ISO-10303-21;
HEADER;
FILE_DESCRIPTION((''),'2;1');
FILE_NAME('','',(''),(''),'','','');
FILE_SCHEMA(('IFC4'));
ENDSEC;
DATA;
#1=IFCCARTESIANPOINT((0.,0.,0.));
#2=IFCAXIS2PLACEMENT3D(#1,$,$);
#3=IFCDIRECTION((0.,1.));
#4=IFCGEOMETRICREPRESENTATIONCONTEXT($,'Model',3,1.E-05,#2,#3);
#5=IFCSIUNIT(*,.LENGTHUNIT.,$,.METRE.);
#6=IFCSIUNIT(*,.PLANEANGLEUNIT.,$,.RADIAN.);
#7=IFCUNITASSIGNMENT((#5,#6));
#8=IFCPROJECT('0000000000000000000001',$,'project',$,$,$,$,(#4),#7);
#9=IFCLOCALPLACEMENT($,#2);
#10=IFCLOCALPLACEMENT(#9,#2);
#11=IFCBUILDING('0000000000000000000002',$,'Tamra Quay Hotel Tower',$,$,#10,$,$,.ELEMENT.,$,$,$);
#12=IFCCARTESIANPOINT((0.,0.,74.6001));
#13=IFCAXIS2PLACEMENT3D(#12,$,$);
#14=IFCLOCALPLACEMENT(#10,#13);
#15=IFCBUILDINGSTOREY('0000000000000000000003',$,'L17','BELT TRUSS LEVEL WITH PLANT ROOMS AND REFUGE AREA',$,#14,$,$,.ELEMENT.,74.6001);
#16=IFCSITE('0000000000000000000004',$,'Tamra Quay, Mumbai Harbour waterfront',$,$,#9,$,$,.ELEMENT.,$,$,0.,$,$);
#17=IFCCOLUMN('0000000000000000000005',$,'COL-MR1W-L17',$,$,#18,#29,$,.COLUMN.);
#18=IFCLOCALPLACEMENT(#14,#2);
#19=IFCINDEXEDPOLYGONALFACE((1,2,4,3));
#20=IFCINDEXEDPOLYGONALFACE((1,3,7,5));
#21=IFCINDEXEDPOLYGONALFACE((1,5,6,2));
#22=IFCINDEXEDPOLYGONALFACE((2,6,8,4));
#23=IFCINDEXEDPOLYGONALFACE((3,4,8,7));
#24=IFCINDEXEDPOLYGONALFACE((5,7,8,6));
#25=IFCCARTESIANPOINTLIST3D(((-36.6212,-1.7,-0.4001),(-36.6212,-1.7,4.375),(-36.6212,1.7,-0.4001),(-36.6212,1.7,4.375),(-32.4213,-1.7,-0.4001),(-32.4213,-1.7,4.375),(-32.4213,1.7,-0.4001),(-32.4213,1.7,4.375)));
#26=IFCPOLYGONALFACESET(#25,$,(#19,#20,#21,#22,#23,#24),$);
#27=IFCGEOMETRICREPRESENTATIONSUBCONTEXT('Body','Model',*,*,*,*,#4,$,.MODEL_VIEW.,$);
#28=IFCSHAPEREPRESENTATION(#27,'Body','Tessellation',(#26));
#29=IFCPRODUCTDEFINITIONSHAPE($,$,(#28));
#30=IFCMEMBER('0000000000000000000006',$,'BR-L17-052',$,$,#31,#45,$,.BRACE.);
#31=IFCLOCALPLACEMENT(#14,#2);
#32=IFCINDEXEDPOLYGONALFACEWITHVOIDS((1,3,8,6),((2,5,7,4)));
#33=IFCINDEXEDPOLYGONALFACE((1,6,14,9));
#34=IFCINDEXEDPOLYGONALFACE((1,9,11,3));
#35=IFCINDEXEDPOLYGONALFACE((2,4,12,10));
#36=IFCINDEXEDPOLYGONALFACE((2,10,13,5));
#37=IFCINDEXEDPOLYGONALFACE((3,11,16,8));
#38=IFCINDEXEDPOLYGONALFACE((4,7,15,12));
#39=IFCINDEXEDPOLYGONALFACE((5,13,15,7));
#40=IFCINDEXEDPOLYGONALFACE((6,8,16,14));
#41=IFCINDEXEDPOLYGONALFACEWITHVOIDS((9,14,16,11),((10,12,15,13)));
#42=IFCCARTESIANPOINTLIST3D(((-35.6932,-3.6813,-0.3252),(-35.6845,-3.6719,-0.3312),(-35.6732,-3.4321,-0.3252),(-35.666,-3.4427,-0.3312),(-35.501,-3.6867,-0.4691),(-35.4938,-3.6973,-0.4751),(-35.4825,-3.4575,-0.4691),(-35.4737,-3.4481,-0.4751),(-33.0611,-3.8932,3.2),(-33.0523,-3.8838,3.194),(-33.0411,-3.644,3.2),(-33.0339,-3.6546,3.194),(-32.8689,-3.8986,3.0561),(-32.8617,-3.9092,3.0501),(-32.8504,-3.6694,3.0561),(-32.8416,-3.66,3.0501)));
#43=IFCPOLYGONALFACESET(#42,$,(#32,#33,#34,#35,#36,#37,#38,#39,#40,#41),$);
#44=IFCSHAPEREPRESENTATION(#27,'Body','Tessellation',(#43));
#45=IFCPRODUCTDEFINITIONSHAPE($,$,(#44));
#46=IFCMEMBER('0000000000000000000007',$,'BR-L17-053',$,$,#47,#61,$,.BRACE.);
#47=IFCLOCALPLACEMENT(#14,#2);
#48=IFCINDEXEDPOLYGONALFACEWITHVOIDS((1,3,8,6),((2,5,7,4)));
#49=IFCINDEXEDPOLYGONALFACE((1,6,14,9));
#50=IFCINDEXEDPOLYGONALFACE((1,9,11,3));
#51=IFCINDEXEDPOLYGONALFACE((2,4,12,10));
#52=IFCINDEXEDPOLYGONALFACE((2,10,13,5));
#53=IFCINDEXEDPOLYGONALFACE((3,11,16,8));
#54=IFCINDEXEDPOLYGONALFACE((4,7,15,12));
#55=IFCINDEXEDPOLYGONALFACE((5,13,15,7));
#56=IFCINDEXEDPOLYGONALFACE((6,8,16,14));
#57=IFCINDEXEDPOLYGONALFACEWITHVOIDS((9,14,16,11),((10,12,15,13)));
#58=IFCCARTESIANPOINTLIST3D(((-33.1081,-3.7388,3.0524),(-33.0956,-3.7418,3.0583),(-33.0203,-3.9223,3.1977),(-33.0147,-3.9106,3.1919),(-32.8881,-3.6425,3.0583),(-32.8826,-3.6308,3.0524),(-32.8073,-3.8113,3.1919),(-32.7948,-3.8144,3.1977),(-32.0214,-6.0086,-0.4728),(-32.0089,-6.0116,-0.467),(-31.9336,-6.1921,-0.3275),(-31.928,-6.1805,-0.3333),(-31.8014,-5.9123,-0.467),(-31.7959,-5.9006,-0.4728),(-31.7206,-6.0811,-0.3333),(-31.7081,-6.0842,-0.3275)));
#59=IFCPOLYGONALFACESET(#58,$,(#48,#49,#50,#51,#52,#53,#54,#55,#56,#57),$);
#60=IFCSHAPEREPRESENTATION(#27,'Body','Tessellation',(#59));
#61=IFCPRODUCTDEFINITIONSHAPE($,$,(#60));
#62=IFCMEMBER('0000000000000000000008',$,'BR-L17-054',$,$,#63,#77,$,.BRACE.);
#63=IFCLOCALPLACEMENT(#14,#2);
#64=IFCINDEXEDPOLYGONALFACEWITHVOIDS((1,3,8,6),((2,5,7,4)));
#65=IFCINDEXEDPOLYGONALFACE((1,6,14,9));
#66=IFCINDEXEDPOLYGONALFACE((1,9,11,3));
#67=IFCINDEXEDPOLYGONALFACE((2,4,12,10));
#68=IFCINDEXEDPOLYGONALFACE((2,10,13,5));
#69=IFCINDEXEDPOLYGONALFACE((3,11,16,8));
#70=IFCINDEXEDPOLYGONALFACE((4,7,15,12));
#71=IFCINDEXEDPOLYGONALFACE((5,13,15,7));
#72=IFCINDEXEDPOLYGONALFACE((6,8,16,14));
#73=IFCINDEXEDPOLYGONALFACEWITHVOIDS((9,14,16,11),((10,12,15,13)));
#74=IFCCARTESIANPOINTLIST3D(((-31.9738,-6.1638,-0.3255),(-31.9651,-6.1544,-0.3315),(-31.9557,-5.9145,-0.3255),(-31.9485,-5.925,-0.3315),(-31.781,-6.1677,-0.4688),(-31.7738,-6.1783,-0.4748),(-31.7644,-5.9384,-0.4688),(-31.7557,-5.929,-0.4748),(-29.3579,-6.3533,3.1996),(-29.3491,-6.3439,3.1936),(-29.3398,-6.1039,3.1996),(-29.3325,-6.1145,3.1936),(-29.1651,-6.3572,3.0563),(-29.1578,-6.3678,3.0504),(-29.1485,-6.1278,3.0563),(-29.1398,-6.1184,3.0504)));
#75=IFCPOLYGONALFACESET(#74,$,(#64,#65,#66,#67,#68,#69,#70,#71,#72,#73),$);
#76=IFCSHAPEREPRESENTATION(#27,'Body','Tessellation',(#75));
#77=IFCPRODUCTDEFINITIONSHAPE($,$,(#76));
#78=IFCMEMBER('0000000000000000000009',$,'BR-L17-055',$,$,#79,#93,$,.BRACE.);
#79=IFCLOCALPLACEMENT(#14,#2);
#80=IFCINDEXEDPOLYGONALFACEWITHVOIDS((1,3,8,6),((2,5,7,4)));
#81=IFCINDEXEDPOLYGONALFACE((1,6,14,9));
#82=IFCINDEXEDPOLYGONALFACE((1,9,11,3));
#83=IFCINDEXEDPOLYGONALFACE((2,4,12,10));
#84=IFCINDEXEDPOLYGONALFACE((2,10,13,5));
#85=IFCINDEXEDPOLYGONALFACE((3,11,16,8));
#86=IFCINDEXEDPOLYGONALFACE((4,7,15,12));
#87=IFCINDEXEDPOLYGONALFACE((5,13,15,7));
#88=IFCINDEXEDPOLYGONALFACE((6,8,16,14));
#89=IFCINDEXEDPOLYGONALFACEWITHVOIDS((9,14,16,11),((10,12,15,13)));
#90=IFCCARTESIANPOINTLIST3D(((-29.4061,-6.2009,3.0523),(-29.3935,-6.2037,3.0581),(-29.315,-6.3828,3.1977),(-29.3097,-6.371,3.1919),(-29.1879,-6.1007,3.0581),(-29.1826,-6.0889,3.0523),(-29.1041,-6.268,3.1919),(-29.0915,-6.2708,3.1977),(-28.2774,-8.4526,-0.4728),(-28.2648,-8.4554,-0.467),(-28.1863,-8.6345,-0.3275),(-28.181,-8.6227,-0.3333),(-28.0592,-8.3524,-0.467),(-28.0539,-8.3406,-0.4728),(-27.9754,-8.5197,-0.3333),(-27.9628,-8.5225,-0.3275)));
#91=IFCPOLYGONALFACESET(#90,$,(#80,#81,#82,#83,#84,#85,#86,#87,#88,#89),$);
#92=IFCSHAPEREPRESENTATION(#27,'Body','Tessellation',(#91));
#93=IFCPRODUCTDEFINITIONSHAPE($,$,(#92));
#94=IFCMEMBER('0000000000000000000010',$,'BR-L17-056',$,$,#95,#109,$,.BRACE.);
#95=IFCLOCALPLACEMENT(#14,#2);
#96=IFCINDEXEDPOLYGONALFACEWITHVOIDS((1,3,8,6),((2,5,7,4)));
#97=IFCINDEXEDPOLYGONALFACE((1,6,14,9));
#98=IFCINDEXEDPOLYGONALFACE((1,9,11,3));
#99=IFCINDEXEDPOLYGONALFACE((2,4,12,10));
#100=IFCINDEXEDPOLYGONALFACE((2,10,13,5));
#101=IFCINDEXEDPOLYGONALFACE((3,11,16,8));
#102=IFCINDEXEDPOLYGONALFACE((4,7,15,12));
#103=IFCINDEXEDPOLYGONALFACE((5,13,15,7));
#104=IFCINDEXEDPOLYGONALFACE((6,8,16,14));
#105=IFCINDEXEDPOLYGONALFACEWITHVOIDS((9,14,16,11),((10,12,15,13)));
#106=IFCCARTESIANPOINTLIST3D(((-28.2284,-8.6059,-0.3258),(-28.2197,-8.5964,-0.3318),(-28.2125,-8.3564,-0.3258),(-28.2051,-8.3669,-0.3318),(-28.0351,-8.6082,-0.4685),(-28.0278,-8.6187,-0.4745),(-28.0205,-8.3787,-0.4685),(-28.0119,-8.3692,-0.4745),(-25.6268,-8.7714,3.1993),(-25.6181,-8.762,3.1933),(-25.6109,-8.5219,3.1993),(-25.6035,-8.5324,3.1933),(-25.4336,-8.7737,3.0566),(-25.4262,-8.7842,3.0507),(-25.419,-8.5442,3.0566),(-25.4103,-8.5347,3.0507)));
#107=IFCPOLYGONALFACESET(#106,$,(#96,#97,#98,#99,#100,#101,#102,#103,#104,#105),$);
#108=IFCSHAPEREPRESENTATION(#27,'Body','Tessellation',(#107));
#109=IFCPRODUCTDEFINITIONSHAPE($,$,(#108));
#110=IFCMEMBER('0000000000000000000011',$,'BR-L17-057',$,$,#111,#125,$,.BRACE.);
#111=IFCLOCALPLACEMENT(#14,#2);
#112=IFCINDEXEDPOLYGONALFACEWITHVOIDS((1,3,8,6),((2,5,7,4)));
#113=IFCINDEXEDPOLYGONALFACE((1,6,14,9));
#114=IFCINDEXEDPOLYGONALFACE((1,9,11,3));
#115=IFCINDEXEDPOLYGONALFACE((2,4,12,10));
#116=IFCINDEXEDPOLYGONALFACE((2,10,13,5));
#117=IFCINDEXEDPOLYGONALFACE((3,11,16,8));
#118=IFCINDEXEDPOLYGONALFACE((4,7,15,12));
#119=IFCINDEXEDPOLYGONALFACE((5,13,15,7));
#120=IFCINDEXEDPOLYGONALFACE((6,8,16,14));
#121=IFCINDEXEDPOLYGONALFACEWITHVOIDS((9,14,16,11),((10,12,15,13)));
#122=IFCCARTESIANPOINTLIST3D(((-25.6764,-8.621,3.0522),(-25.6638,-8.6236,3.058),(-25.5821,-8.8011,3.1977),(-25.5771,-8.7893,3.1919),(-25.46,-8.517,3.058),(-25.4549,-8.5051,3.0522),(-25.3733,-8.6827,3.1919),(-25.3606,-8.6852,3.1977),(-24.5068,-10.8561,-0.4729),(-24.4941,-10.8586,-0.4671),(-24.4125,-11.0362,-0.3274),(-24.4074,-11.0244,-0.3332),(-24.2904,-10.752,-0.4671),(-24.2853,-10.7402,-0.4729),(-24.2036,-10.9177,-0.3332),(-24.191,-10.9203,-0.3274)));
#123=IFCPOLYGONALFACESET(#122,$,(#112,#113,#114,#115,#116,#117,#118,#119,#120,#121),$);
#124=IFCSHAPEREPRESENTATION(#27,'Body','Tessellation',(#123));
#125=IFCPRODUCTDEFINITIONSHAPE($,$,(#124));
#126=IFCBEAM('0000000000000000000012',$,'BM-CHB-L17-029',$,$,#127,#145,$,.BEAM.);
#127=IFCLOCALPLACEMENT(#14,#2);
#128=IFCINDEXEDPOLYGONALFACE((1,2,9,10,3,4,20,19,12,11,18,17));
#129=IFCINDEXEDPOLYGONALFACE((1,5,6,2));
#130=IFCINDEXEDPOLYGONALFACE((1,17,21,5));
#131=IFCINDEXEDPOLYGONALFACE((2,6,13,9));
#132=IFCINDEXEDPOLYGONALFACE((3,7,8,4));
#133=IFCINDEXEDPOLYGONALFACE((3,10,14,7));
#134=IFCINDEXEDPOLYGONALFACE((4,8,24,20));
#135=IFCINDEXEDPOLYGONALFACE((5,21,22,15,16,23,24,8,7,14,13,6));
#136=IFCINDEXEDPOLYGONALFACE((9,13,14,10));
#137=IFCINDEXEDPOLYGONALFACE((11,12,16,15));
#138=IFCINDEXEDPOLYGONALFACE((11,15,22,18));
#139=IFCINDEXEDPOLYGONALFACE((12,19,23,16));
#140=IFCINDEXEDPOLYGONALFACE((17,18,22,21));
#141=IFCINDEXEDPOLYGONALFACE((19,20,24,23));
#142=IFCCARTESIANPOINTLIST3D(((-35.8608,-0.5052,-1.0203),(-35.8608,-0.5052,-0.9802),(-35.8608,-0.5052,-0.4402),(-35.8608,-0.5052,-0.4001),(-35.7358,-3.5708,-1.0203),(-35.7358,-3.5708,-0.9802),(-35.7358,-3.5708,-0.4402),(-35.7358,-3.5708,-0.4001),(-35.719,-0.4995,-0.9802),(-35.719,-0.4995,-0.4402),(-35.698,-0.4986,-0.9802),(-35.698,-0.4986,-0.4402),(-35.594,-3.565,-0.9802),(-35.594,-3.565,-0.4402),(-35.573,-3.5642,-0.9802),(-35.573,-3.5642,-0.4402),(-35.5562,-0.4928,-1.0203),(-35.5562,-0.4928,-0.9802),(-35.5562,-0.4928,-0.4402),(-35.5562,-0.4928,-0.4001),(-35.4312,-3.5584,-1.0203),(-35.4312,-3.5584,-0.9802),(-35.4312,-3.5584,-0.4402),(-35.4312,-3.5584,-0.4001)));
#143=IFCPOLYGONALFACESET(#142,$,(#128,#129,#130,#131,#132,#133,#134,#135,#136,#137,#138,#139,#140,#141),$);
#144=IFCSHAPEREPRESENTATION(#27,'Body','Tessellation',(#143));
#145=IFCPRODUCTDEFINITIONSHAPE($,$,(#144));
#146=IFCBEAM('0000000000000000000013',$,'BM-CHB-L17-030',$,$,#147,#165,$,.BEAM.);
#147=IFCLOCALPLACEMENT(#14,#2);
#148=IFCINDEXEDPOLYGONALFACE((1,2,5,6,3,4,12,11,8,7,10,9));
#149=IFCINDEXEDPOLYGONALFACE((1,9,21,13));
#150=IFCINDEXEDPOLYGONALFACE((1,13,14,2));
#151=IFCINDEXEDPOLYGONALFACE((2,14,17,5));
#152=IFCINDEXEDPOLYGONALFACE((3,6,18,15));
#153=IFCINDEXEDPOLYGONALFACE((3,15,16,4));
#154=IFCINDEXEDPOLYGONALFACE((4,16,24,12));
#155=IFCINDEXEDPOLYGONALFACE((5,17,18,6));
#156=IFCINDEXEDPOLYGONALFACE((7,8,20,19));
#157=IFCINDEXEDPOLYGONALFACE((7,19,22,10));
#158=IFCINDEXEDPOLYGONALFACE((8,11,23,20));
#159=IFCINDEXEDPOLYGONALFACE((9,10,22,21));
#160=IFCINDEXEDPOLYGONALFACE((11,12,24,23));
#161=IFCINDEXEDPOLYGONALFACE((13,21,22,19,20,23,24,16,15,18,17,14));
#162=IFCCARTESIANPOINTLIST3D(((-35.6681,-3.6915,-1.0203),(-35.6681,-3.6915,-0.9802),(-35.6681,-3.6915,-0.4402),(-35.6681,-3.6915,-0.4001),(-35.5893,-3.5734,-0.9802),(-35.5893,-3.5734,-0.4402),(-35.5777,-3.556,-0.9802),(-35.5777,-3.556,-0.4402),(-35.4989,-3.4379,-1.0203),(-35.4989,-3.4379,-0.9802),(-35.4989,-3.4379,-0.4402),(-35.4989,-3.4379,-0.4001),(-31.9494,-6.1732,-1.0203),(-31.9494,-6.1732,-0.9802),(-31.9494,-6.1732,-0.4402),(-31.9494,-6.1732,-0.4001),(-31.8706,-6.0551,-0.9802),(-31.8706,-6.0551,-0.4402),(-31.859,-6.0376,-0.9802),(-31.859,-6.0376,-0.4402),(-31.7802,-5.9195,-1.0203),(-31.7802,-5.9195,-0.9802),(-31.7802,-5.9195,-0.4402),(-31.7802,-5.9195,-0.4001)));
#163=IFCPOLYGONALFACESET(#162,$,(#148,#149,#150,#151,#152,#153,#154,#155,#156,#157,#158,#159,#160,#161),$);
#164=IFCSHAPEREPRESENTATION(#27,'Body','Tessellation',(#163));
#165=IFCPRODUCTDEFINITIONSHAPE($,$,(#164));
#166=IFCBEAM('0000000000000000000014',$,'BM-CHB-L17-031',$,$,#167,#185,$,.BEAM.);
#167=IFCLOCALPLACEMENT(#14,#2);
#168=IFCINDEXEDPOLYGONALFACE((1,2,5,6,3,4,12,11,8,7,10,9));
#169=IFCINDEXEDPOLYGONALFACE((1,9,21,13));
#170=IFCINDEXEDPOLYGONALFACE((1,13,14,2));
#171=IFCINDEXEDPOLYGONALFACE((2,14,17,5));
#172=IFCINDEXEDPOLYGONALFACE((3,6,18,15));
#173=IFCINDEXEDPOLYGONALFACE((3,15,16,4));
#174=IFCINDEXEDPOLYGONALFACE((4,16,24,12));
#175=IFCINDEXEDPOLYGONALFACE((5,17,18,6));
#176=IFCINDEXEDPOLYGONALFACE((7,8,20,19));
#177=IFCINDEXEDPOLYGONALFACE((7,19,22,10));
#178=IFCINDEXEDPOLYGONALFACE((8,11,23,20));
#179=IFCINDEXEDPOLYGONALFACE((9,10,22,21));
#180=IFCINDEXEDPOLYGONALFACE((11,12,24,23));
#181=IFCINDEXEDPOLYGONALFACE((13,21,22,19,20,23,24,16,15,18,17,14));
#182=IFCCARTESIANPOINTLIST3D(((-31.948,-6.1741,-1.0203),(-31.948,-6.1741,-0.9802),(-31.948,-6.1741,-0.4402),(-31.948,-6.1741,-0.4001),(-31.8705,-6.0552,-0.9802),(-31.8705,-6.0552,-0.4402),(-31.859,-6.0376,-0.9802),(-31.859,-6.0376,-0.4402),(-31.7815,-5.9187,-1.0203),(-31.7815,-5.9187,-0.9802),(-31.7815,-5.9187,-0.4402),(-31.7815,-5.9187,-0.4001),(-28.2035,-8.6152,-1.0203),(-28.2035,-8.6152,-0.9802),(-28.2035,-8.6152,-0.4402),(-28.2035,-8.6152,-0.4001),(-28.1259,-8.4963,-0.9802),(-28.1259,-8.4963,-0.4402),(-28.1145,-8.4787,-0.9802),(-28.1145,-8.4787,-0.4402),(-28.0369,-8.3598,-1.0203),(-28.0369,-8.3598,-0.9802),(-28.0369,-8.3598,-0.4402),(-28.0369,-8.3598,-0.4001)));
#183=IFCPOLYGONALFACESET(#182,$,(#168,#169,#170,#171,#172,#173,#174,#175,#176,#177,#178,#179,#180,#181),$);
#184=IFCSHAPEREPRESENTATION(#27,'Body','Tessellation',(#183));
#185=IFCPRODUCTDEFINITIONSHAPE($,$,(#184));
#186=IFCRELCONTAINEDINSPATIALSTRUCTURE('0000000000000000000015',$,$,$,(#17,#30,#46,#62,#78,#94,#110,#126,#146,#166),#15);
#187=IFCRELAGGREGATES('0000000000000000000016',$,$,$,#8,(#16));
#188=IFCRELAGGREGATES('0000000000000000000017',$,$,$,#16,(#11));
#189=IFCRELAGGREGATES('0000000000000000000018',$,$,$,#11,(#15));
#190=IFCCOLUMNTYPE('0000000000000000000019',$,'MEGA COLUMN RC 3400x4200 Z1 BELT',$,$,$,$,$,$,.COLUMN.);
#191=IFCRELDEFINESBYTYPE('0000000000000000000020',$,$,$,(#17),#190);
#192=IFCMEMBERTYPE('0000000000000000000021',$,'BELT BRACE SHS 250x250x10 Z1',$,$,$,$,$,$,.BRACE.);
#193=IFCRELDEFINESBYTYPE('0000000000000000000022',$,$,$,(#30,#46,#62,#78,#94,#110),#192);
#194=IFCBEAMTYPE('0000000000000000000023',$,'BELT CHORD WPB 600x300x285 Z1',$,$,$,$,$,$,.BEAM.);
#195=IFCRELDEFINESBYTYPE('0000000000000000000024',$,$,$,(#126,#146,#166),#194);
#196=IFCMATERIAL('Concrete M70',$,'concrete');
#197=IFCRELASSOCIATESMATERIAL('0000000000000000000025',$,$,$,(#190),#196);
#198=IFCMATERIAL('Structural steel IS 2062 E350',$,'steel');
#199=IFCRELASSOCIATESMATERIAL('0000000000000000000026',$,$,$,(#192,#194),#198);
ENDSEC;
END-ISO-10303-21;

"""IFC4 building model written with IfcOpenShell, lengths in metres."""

from ifc_helpers import new_model, si_unit, direction, frame, origin, origin_2d, place, context, subcontext, project, spatial, rectangle, hollow_rectangle, i_section, extrude, material, material_profile, profile_set, type_object, element, save


model = new_model("IFC4")

# Units and contexts
model_context = context("Model", 3, precision=1e-05, world=origin(), true_north=direction((0.0, 1.0)))
body_context = subcontext(model_context, "Body", "Model", "MODEL_VIEW")
ifc_project = project(units=[si_unit("LENGTHUNIT", "METRE"), si_unit("PLANEANGLEUNIT", "RADIAN")], contexts=[model_context])

# Site, building, storey
site_placement = place(None, origin())
site = spatial("IfcSite", under=ifc_project, at=site_placement, Name="Tamra Quay, Mumbai Harbour waterfront", CompositionType="ELEMENT", RefElevation=0.0)
building_placement = place(site_placement, origin())
building = spatial("IfcBuilding", under=site, at=building_placement, Name="Tamra Quay Hotel Tower", CompositionType="ELEMENT")
storey_placement = place(building_placement, frame((0.0, 0.0, 74.6001)))
storey = spatial("IfcBuildingStorey", under=building, at=storey_placement, Name="L17", Description="BELT TRUSS LEVEL WITH PLANT ROOMS AND REFUGE AREA", CompositionType="ELEMENT", Elevation=74.6001)

# Column
ifc_material_1 = material(Name="Concrete M70", Category="concrete")
ifc_material_profile_1 = material_profile(ifc_material_1, rectangle(XDim=4.2, YDim=3.3999, at=origin_2d()), Name="MEGA COLUMN RC 3400x4200 Z1 BELT")
ifc_profile_set_1 = profile_set([ifc_material_profile_1], Name="Concrete M70")
column_type = type_object("IfcColumnType", Name="MEGA COLUMN RC 3400x4200 Z1 BELT", PredefinedType="COLUMN", material=ifc_profile_set_1)
column_placement = place(storey_placement, frame((-34.5212, 0.0, -0.4001), z_axis=(0.0, 0.0, 1.0), x_axis=(1.0, 0.0, 0.0)))
element("IfcColumn", 1, at=column_placement, inside=storey, type_object=column_type, Name="COL-MR1W-L17", PredefinedType="COLUMN", context=body_context, shape_type="SweptSolid", body=[
    extrude(rectangle(XDim=4.2, YDim=3.3999, at=origin_2d()), origin(), (0.0, 0.0, 1.0), 4.7751),
])

# Members
ifc_material_2 = material(Name="Structural steel IS 2062 E350", Category="steel")
ifc_material_profile_2 = material_profile(ifc_material_2, hollow_rectangle(XDim=0.25, YDim=0.25, WallThickness=0.01, at=origin_2d()), Name="SHS 250x250x10")
ifc_profile_set_2 = profile_set([ifc_material_profile_2], Name="Structural steel IS 2062 E350")
member_type = type_object("IfcMemberType", Name="BELT BRACE SHS 250x250x10 Z1", PredefinedType="BRACE", material=ifc_profile_set_2)
member_1_placement = place(storey_placement, frame((-35.5835, -3.5647, -0.4001), z_axis=(0.597592, -0.048113, 0.800355), x_axis=(0.080252, 0.996775, 0.0)))
element("IfcMember", 2, at=member_1_placement, inside=storey, type_object=member_type, Name="BR-L17-052", PredefinedType="BRACE", context=body_context, shape_type="SweptSolid", body=[
    extrude(hollow_rectangle(XDim=0.25, YDim=0.25, WallThickness=0.01, at=origin_2d()), origin(), (0.0, 0.0, 1.0), 4.4045),
])
member_2_placement = place(storey_placement, frame((-31.8647, -6.0464, -0.4001), z_axis=(-0.250893, 0.524051, 0.813894), x_axis=(-0.90196, -0.431819, 0.0)))
element("IfcMember", 3, at=member_2_placement, inside=storey, type_object=member_type, Name="BR-L17-053", PredefinedType="BRACE", context=body_context, shape_type="SweptSolid", body=[
    extrude(hollow_rectangle(XDim=0.25, YDim=0.25, WallThickness=0.01, at=origin_2d()), origin(), (0.0, 0.0, 1.0), 4.3313),
])
member_3_placement = place(storey_placement, frame((-31.8647, -6.0464, -0.4001), z_axis=(0.595371, -0.043118, 0.802293), x_axis=(0.072233, 0.997388, 0.0)))
element("IfcMember", 4, at=member_3_placement, inside=storey, type_object=member_type, Name="BR-L17-054", PredefinedType="BRACE", context=body_context, shape_type="SweptSolid", body=[
    extrude(hollow_rectangle(XDim=0.25, YDim=0.25, WallThickness=0.01, at=origin_2d()), origin(), (0.0, 0.0, 1.0), 4.3938),
])
member_4_placement = place(storey_placement, frame((-28.1201, -8.4875, -0.4001), z_axis=(-0.260509, 0.519723, 0.813648), x_axis=(-0.893981, -0.448105, 0.0)))
element("IfcMember", 5, at=member_4_placement, inside=storey, type_object=member_type, Name="BR-L17-055", PredefinedType="BRACE", context=body_context, shape_type="SweptSolid", body=[
    extrude(hollow_rectangle(XDim=0.25, YDim=0.25, WallThickness=0.01, at=origin_2d()), origin(), (0.0, 0.0, 1.0), 4.3325),
])
member_5_placement = place(storey_placement, frame((-28.1201, -8.4875, -0.4001), z_axis=(0.59338, -0.037754, 0.804037), x_axis=(0.063498, 0.997982, 0.0)))
element("IfcMember", 6, at=member_5_placement, inside=storey, type_object=member_type, Name="BR-L17-056", PredefinedType="BRACE", context=body_context, shape_type="SweptSolid", body=[
    extrude(hollow_rectangle(XDim=0.25, YDim=0.25, WallThickness=0.01, at=origin_2d()), origin(), (0.0, 0.0, 1.0), 4.3843),
])
member_6_placement = place(storey_placement, frame((-24.3489, -10.8882, -0.4001), z_axis=(-0.269834, 0.515619, 0.81322), x_axis=(-0.88601, -0.463667, 0.0)))
element("IfcMember", 7, at=member_6_placement, inside=storey, type_object=member_type, Name="BR-L17-057", PredefinedType="BRACE", context=body_context, shape_type="SweptSolid", body=[
    extrude(hollow_rectangle(XDim=0.25, YDim=0.25, WallThickness=0.01, at=origin_2d()), origin(), (0.0, 0.0, 1.0), 4.3347),
])

# Beams
ifc_material_profile_3 = material_profile(ifc_material_2, i_section(OverallWidth=0.3049, OverallDepth=0.6201, WebThickness=0.021, FlangeThickness=0.04, at=origin_2d()), Name="WPB 600x300x285")
ifc_profile_set_3 = profile_set([ifc_material_profile_3], Name="Structural steel IS 2062 E350")
beam_type_1 = type_object("IfcBeamType", Name="BELT CHORD WPB 600x300x285 Z1", PredefinedType="BEAM", material=ifc_profile_set_3)
beam_1_placement = place(storey_placement, frame((-35.7085, -0.499, -0.7102), z_axis=(0.04074, -0.99917, 0.0), x_axis=(0.99917, 0.04074, 0.0)))
element("IfcBeam", 8, at=beam_1_placement, inside=storey, type_object=beam_type_1, Name="BM-CHB-L17-029", PredefinedType="BEAM", context=body_context, shape_type="SweptSolid", body=[
    extrude(i_section(OverallWidth=0.3049, OverallDepth=0.6201, WebThickness=0.021, FlangeThickness=0.04, at=origin_2d()), origin(), (0.0, 0.0, 1.0), 3.0681),
])
beam_2_placement = place(storey_placement, frame((-35.5835, -3.5647, -0.7102), z_axis=(0.83179, -0.555091, 0.0), x_axis=(0.555091, 0.83179, 0.0)))
element("IfcBeam", 9, at=beam_2_placement, inside=storey, type_object=beam_type_1, Name="BM-CHB-L17-030", PredefinedType="BEAM", context=body_context, shape_type="SweptSolid", body=[
    extrude(i_section(OverallWidth=0.3049, OverallDepth=0.6201, WebThickness=0.021, FlangeThickness=0.04, at=origin_2d()), origin(), (0.0, 0.0, 1.0), 4.4707),
])
beam_3_placement = place(storey_placement, frame((-31.8647, -6.0464, -0.7102), z_axis=(0.837712, -0.546113, 0.0), x_axis=(0.546113, 0.837712, 0.0)))
element("IfcBeam", 10, at=beam_3_placement, inside=storey, type_object=beam_type_1, Name="BM-CHB-L17-031", PredefinedType="BEAM", context=body_context, shape_type="SweptSolid", body=[
    extrude(i_section(OverallWidth=0.3049, OverallDepth=0.6201, WebThickness=0.021, FlangeThickness=0.04, at=origin_2d()), origin(), (0.0, 0.0, 1.0), 4.47),
])

save(model, "model.ifc")
